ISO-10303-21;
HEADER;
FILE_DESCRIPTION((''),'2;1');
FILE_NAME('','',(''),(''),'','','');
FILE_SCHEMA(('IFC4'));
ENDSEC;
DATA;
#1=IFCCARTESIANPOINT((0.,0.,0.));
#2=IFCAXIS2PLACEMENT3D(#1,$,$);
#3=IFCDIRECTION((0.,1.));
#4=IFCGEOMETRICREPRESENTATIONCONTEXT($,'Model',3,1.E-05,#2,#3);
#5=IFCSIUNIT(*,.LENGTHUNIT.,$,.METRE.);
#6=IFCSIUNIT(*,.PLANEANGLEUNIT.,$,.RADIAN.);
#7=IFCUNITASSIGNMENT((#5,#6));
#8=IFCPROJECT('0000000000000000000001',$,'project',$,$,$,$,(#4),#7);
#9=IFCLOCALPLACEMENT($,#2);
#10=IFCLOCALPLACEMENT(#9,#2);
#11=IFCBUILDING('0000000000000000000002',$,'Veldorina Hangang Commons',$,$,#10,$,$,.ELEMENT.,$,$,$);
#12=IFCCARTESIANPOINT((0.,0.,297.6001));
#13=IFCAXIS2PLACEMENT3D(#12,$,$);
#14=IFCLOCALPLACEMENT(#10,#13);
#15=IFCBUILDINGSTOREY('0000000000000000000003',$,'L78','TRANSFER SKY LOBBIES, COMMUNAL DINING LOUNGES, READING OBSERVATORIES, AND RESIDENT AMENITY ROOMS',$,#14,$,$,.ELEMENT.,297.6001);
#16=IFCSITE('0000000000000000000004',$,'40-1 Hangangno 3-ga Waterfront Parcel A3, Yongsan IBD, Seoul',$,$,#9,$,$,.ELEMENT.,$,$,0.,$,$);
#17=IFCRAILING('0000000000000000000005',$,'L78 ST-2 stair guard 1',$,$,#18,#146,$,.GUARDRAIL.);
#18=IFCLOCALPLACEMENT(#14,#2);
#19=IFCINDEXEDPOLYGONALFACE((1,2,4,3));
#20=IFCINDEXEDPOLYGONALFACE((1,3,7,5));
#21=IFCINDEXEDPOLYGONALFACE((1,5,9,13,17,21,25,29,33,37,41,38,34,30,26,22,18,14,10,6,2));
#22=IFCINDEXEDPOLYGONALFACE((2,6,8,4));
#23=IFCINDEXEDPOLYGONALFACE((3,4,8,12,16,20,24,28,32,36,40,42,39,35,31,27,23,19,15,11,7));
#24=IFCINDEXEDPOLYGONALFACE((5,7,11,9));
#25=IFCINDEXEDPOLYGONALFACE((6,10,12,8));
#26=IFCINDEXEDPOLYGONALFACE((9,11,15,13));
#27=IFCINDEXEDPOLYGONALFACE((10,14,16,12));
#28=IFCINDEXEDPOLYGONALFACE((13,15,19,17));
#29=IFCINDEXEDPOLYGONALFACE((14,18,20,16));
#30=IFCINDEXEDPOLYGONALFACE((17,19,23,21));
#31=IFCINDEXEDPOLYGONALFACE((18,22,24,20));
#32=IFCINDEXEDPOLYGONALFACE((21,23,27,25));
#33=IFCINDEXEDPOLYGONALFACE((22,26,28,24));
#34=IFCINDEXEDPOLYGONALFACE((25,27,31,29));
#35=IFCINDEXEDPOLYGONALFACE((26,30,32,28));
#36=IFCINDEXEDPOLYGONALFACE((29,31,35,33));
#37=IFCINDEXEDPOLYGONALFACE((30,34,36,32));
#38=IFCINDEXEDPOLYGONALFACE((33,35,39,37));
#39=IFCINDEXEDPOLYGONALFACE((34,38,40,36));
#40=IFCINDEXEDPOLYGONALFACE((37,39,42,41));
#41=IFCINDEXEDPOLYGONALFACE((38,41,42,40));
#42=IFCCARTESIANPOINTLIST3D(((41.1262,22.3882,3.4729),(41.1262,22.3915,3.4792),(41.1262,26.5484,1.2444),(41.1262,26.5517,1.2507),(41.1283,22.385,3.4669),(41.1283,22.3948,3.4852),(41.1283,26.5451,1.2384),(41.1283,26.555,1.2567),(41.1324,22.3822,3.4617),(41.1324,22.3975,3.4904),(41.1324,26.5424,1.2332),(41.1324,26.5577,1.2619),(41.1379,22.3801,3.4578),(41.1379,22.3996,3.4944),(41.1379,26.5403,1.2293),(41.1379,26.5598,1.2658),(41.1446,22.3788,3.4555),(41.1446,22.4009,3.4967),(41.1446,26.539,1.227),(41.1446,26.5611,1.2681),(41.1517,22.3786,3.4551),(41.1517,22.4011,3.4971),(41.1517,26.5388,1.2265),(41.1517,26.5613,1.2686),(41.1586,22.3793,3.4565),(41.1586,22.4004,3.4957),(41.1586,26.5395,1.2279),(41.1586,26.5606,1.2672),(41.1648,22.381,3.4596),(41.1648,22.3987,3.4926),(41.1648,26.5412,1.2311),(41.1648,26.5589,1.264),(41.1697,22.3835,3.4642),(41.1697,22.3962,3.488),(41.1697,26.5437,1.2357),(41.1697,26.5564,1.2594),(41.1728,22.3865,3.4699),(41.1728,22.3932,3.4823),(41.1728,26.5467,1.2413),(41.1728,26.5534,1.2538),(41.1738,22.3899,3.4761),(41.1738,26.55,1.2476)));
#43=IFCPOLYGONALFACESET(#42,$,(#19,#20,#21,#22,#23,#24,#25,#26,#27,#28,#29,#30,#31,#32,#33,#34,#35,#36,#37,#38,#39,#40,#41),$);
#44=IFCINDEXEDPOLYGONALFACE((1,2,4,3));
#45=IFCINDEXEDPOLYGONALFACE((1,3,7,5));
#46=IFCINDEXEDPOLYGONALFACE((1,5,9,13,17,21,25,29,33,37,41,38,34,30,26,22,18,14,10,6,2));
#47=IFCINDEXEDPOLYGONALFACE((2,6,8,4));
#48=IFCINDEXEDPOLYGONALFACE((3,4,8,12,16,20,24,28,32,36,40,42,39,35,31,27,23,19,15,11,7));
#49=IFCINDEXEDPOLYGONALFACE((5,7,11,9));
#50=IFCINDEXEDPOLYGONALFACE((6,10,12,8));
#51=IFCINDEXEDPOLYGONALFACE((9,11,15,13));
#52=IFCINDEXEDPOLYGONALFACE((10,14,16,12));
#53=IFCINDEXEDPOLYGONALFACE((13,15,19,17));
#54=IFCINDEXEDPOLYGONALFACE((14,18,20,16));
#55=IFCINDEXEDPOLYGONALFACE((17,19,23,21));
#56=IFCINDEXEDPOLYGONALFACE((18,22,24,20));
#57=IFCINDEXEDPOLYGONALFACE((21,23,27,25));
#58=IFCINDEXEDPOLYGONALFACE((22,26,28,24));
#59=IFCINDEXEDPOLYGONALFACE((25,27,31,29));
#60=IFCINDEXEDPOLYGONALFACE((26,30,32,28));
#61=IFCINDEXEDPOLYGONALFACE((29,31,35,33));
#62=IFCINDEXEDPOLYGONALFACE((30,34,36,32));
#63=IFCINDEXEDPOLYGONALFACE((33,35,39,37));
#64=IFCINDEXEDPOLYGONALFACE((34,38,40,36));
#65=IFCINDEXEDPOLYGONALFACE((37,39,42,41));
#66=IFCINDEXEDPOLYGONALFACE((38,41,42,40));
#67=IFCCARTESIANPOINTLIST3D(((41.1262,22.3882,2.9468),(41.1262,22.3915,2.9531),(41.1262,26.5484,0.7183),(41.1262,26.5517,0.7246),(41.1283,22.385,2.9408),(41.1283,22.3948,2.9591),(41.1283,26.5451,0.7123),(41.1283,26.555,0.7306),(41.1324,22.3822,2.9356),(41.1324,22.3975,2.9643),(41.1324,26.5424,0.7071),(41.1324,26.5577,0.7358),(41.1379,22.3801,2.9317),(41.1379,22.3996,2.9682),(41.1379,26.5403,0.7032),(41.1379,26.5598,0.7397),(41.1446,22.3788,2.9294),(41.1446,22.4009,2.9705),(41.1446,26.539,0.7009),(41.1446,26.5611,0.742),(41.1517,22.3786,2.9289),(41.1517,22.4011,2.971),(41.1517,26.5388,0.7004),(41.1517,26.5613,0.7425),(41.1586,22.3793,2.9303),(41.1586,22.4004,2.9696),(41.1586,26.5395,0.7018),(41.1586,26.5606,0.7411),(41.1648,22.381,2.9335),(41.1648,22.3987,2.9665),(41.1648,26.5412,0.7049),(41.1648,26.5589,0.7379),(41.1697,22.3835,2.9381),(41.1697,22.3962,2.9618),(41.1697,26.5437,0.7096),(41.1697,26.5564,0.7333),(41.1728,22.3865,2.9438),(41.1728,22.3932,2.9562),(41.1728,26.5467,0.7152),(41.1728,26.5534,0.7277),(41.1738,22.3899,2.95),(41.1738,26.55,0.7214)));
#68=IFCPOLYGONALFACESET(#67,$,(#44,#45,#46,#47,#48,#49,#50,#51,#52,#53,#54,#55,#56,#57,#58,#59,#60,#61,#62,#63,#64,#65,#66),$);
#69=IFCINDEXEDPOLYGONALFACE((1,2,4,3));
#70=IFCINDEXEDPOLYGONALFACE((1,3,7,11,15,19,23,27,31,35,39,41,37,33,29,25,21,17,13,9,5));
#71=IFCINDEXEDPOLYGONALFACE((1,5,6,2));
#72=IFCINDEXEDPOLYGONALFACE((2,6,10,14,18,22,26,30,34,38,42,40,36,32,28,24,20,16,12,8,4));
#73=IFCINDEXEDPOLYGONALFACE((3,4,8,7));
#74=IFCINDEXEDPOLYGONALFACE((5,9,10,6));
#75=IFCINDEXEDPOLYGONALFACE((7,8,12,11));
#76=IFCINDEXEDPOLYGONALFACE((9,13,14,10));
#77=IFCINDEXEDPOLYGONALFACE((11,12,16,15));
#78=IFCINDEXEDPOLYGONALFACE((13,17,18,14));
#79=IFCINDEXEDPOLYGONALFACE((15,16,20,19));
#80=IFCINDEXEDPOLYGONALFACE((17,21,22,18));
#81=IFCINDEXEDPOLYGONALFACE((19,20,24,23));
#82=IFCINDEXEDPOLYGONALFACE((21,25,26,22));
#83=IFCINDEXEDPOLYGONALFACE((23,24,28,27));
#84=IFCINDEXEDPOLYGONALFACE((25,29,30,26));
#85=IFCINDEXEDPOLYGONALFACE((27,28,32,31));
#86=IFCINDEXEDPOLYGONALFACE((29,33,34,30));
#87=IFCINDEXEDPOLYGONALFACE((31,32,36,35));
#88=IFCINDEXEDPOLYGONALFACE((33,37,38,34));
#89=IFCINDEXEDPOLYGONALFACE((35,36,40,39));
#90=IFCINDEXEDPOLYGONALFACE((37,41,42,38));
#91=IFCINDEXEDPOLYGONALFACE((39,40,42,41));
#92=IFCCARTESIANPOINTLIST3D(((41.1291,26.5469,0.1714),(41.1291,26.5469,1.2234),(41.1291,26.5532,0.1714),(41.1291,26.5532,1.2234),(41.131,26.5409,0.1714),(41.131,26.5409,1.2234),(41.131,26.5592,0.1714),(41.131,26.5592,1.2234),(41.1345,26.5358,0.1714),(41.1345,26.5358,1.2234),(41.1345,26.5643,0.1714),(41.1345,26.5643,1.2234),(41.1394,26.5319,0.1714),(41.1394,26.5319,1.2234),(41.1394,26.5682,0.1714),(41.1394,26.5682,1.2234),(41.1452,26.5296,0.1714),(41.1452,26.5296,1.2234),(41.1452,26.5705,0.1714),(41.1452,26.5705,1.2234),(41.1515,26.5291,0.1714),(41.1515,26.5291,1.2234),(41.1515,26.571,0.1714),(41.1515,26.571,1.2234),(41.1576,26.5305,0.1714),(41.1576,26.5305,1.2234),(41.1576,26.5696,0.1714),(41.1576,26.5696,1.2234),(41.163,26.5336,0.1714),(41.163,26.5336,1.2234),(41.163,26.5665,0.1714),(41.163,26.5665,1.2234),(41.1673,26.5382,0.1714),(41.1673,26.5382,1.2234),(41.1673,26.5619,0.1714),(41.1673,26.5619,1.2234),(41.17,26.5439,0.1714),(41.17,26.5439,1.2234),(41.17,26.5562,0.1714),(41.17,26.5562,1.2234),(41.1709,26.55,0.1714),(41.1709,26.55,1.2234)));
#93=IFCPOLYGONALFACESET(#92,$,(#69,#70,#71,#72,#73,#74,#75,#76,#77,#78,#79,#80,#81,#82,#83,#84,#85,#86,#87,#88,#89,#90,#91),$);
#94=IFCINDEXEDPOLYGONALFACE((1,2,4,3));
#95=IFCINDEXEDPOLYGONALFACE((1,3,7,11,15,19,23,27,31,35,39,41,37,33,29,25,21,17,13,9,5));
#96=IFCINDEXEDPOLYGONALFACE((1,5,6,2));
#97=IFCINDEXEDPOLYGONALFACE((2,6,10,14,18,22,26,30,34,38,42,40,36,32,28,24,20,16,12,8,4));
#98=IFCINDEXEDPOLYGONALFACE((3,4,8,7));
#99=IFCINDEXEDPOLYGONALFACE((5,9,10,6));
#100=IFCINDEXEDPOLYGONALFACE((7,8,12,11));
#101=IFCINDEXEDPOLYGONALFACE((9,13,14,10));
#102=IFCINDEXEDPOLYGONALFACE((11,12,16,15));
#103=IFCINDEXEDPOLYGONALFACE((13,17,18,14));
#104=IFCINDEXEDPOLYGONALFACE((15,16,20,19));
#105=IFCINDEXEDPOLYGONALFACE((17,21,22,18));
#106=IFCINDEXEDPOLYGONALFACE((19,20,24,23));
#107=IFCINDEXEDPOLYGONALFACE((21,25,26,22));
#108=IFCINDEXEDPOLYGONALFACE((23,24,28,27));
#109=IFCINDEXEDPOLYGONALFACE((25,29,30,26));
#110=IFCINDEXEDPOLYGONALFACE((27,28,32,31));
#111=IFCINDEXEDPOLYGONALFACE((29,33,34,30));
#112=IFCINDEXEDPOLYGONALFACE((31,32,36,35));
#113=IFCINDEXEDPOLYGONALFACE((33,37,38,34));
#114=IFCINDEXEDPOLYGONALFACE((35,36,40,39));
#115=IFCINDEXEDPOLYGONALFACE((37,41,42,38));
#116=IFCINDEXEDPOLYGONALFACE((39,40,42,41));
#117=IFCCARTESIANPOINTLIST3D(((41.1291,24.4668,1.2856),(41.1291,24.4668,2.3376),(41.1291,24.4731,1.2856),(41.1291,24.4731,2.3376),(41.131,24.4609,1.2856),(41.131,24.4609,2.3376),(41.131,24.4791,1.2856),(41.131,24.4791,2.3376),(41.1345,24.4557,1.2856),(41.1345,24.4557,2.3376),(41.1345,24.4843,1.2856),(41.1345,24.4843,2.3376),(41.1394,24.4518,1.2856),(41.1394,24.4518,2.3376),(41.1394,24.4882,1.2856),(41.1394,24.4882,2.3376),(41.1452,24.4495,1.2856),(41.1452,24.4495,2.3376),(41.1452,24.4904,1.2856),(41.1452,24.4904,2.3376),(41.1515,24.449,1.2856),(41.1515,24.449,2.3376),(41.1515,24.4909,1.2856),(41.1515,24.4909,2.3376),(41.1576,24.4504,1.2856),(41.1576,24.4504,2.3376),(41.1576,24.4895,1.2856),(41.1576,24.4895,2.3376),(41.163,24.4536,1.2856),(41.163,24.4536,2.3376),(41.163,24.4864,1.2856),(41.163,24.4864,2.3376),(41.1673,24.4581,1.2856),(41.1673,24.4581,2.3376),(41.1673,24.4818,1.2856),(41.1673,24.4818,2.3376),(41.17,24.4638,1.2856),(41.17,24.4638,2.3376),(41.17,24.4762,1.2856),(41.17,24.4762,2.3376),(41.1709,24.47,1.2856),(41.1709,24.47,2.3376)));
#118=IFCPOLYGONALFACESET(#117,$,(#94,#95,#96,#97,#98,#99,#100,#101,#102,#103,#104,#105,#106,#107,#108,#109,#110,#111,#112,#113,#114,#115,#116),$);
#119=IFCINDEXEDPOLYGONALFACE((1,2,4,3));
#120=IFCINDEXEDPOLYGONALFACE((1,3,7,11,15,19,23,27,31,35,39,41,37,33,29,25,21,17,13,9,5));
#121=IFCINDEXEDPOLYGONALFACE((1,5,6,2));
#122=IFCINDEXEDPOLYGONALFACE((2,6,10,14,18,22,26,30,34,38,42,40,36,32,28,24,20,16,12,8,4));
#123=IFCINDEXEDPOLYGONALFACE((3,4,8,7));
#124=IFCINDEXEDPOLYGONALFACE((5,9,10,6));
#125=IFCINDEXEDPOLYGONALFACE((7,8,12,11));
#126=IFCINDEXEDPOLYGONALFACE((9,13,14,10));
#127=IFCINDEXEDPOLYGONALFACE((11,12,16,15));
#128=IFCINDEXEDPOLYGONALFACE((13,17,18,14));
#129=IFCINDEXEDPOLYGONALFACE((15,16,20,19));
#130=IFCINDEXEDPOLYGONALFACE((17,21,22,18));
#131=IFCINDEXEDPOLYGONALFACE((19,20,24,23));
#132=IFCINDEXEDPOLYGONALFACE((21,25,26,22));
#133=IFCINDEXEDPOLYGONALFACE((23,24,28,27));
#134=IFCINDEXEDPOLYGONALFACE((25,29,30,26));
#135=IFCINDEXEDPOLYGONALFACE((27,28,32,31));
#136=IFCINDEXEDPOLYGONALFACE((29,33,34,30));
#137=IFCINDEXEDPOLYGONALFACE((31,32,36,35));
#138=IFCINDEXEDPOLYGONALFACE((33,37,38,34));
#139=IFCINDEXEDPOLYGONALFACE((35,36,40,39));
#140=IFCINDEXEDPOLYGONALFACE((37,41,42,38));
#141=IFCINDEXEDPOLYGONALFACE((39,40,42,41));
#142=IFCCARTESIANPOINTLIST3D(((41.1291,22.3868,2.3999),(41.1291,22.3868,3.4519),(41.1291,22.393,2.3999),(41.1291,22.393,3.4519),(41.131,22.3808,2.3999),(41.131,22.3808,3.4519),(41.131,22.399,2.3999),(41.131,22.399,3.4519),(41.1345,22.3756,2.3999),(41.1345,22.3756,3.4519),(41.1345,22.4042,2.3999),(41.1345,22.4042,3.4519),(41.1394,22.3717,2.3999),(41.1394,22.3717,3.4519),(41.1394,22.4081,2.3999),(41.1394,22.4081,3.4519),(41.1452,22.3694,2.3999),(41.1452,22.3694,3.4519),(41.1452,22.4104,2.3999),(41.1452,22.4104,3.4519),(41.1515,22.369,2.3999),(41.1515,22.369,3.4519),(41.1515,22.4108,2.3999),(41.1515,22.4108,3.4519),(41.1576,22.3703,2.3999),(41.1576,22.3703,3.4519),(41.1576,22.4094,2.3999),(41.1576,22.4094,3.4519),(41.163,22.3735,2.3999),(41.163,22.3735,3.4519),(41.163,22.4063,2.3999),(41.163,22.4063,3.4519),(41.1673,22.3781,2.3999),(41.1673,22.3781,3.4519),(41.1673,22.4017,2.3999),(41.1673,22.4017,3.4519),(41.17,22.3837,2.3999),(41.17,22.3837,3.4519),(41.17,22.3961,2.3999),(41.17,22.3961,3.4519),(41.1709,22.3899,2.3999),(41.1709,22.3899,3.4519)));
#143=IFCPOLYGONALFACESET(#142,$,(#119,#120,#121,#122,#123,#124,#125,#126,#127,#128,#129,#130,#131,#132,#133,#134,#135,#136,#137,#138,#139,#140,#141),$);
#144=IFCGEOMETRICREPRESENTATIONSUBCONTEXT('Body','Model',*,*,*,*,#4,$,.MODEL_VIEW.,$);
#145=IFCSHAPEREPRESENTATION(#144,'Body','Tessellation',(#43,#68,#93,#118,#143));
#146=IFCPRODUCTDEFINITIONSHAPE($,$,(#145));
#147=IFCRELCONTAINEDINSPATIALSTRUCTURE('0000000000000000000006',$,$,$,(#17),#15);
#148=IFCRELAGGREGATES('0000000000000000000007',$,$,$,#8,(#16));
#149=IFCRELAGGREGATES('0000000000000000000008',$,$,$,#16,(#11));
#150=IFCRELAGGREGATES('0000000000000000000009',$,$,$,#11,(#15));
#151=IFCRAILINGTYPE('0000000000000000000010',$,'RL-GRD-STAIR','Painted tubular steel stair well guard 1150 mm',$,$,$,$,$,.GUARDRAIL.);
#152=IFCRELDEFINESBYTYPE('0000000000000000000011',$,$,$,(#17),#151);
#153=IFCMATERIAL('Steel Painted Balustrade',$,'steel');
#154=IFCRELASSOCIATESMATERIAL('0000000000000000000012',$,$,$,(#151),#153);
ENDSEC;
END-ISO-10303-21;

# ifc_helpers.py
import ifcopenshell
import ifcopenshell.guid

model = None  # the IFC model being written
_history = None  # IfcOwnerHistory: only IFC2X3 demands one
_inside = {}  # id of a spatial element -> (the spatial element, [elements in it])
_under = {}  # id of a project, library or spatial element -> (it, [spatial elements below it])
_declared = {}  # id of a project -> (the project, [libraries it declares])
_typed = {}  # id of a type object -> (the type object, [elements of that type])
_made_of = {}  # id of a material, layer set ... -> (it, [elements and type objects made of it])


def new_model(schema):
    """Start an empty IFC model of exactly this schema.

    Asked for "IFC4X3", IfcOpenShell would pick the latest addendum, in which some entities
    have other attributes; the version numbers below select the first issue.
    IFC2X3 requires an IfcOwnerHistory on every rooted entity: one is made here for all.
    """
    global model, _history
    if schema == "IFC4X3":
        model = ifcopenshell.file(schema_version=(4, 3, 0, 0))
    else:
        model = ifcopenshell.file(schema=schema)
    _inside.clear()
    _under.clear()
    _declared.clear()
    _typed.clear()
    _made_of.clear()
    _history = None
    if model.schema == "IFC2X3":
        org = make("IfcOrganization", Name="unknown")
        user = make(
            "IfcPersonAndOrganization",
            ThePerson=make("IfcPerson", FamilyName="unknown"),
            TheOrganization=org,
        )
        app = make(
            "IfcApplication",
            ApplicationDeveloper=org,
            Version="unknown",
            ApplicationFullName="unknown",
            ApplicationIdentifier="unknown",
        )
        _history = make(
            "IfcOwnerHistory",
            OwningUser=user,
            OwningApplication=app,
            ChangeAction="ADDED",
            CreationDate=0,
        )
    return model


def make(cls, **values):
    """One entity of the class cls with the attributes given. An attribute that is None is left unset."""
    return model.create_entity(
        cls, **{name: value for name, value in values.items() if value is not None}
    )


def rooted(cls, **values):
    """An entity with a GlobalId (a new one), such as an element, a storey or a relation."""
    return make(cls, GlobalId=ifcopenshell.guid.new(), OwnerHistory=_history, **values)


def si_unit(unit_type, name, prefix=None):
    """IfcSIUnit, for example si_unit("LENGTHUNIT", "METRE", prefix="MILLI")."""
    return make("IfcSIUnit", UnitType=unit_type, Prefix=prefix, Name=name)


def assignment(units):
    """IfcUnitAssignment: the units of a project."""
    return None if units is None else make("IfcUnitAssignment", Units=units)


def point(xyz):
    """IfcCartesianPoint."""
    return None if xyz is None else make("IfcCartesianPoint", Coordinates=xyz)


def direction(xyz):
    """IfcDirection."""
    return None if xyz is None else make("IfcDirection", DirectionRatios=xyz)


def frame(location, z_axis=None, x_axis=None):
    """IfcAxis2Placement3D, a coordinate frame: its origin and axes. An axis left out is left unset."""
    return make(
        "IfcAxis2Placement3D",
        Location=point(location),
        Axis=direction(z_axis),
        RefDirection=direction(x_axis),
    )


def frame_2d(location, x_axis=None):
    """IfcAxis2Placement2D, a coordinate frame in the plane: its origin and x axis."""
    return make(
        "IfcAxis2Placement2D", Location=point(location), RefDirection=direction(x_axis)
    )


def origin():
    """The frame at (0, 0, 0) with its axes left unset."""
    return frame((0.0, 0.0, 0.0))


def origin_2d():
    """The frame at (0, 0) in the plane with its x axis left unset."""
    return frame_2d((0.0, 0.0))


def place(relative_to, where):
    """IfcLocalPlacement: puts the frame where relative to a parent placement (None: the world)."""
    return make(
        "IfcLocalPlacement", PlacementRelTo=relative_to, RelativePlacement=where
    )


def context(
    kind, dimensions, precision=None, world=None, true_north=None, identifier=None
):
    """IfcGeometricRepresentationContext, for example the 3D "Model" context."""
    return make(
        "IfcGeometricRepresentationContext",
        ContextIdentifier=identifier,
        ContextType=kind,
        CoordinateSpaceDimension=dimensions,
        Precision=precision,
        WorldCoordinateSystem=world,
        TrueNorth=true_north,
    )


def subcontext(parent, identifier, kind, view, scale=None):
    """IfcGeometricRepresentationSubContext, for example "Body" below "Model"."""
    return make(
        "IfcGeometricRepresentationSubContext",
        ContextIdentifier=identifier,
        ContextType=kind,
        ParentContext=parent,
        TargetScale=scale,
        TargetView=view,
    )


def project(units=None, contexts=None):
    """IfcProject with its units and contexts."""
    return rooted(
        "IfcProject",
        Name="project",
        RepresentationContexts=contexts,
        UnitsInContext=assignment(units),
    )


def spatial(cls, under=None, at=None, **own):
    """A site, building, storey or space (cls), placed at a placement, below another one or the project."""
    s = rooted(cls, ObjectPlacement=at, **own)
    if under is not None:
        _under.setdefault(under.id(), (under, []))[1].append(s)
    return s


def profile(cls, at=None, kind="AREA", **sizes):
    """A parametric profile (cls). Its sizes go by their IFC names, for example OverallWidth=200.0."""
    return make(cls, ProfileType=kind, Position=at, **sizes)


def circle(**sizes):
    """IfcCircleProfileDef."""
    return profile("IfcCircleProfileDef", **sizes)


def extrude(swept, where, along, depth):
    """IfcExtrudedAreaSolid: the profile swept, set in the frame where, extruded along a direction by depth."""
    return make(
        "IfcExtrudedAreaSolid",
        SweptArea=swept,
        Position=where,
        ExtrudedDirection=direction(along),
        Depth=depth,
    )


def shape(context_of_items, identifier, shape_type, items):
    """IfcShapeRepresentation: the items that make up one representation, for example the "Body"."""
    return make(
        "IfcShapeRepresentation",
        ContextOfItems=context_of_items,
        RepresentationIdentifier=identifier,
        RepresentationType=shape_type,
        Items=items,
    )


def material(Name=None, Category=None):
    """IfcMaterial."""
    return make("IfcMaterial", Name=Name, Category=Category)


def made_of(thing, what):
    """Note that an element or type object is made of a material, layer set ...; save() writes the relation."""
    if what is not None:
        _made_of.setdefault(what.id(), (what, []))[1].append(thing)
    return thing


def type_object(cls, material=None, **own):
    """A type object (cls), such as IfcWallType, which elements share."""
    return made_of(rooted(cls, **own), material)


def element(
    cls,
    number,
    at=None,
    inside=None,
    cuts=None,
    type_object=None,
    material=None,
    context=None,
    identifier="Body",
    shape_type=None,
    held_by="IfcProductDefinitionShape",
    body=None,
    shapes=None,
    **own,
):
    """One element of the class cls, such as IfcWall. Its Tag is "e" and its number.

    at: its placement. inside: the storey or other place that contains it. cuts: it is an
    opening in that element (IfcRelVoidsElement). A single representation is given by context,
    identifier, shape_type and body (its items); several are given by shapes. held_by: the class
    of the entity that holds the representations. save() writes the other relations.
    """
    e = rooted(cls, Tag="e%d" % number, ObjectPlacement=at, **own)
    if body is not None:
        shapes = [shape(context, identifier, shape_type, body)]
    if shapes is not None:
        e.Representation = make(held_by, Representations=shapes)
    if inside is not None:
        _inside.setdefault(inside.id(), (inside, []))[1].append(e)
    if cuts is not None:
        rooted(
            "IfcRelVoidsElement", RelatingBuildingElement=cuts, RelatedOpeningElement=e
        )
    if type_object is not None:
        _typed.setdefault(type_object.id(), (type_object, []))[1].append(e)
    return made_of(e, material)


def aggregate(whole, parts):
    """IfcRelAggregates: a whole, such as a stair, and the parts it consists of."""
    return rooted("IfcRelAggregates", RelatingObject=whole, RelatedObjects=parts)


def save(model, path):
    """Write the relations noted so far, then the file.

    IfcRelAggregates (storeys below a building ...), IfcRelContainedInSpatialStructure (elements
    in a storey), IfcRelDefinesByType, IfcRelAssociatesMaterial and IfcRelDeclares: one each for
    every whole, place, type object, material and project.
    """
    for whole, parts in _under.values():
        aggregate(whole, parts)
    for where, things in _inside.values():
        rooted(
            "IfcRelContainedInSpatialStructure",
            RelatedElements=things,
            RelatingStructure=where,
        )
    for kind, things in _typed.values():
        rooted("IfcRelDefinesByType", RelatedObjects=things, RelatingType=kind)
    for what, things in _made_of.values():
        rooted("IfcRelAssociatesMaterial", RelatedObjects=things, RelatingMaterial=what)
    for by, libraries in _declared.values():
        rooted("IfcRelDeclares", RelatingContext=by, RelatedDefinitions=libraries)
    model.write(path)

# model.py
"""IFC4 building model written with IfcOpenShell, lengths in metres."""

from ifc_helpers import new_model, si_unit, direction, frame, origin, origin_2d, place, context, subcontext, project, spatial, circle, extrude, material, type_object, element, save


model = new_model("IFC4")

# Units and contexts
model_context = context("Model", 3, precision=1e-05, world=origin(), true_north=direction((0.0, 1.0)))
body_context = subcontext(model_context, "Body", "Model", "MODEL_VIEW")
ifc_project = project(units=[si_unit("LENGTHUNIT", "METRE"), si_unit("PLANEANGLEUNIT", "RADIAN")], contexts=[model_context])

# Site, building, storey
site_placement = place(None, origin())
site = spatial("IfcSite", under=ifc_project, at=site_placement, Name="40-1 Hangangno 3-ga Waterfront Parcel A3, Yongsan IBD, Seoul", CompositionType="ELEMENT", RefElevation=0.0)
building_placement = place(site_placement, origin())
building = spatial("IfcBuilding", under=site, at=building_placement, Name="Veldorina Hangang Commons", CompositionType="ELEMENT")
storey_placement = place(building_placement, frame((0.0, 0.0, 297.6001)))
storey = spatial("IfcBuildingStorey", under=building, at=storey_placement, Name="L78", Description="TRANSFER SKY LOBBIES, COMMUNAL DINING LOUNGES, READING OBSERVATORIES, AND RESIDENT AMENITY ROOMS", CompositionType="ELEMENT", Elevation=297.6001)

# Railing
ifc_material_1 = material(Name="Steel Painted Balustrade", Category="steel")
railing_type_1 = type_object("IfcRailingType", Name="RL-GRD-STAIR", Description="Painted tubular steel stair well guard 1150 mm", PredefinedType="GUARDRAIL", material=ifc_material_1)
railing_1_placement = place(storey_placement, frame((41.1499, 26.55, 0.1714)))
element("IfcRailing", 1, at=railing_1_placement, inside=storey, type_object=railing_type_1, Name="L78 ST-2 stair guard 1", PredefinedType="GUARDRAIL", context=body_context, shape_type="SweptSolid", body=[
    extrude(circle(Radius=0.0239, at=origin_2d()), frame((0.0, 0.0, 1.0762), z_axis=(0.0, -0.881492, 0.472198), x_axis=(1.0, 0.0, 0.0)), (0.0, 0.0, 1.0), 4.7195),
    extrude(circle(Radius=0.0239, at=origin_2d()), frame((0.0, 0.0, 0.55), z_axis=(0.0, -0.881492, 0.472198), x_axis=(1.0, 0.0, 0.0)), (0.0, 0.0, 1.0), 4.7195),
    extrude(circle(Radius=0.021, at=origin_2d()), origin(), (0.0, 0.0, 1.0), 1.052),
    extrude(circle(Radius=0.021, at=origin_2d()), frame((0.0, -2.0801, 1.1143)), (0.0, 0.0, 1.0), 1.052),
    extrude(circle(Radius=0.021, at=origin_2d()), frame((0.0, -4.1602, 2.2285)), (0.0, 0.0, 1.0), 1.052),
])

save(model, "model.ifc")
